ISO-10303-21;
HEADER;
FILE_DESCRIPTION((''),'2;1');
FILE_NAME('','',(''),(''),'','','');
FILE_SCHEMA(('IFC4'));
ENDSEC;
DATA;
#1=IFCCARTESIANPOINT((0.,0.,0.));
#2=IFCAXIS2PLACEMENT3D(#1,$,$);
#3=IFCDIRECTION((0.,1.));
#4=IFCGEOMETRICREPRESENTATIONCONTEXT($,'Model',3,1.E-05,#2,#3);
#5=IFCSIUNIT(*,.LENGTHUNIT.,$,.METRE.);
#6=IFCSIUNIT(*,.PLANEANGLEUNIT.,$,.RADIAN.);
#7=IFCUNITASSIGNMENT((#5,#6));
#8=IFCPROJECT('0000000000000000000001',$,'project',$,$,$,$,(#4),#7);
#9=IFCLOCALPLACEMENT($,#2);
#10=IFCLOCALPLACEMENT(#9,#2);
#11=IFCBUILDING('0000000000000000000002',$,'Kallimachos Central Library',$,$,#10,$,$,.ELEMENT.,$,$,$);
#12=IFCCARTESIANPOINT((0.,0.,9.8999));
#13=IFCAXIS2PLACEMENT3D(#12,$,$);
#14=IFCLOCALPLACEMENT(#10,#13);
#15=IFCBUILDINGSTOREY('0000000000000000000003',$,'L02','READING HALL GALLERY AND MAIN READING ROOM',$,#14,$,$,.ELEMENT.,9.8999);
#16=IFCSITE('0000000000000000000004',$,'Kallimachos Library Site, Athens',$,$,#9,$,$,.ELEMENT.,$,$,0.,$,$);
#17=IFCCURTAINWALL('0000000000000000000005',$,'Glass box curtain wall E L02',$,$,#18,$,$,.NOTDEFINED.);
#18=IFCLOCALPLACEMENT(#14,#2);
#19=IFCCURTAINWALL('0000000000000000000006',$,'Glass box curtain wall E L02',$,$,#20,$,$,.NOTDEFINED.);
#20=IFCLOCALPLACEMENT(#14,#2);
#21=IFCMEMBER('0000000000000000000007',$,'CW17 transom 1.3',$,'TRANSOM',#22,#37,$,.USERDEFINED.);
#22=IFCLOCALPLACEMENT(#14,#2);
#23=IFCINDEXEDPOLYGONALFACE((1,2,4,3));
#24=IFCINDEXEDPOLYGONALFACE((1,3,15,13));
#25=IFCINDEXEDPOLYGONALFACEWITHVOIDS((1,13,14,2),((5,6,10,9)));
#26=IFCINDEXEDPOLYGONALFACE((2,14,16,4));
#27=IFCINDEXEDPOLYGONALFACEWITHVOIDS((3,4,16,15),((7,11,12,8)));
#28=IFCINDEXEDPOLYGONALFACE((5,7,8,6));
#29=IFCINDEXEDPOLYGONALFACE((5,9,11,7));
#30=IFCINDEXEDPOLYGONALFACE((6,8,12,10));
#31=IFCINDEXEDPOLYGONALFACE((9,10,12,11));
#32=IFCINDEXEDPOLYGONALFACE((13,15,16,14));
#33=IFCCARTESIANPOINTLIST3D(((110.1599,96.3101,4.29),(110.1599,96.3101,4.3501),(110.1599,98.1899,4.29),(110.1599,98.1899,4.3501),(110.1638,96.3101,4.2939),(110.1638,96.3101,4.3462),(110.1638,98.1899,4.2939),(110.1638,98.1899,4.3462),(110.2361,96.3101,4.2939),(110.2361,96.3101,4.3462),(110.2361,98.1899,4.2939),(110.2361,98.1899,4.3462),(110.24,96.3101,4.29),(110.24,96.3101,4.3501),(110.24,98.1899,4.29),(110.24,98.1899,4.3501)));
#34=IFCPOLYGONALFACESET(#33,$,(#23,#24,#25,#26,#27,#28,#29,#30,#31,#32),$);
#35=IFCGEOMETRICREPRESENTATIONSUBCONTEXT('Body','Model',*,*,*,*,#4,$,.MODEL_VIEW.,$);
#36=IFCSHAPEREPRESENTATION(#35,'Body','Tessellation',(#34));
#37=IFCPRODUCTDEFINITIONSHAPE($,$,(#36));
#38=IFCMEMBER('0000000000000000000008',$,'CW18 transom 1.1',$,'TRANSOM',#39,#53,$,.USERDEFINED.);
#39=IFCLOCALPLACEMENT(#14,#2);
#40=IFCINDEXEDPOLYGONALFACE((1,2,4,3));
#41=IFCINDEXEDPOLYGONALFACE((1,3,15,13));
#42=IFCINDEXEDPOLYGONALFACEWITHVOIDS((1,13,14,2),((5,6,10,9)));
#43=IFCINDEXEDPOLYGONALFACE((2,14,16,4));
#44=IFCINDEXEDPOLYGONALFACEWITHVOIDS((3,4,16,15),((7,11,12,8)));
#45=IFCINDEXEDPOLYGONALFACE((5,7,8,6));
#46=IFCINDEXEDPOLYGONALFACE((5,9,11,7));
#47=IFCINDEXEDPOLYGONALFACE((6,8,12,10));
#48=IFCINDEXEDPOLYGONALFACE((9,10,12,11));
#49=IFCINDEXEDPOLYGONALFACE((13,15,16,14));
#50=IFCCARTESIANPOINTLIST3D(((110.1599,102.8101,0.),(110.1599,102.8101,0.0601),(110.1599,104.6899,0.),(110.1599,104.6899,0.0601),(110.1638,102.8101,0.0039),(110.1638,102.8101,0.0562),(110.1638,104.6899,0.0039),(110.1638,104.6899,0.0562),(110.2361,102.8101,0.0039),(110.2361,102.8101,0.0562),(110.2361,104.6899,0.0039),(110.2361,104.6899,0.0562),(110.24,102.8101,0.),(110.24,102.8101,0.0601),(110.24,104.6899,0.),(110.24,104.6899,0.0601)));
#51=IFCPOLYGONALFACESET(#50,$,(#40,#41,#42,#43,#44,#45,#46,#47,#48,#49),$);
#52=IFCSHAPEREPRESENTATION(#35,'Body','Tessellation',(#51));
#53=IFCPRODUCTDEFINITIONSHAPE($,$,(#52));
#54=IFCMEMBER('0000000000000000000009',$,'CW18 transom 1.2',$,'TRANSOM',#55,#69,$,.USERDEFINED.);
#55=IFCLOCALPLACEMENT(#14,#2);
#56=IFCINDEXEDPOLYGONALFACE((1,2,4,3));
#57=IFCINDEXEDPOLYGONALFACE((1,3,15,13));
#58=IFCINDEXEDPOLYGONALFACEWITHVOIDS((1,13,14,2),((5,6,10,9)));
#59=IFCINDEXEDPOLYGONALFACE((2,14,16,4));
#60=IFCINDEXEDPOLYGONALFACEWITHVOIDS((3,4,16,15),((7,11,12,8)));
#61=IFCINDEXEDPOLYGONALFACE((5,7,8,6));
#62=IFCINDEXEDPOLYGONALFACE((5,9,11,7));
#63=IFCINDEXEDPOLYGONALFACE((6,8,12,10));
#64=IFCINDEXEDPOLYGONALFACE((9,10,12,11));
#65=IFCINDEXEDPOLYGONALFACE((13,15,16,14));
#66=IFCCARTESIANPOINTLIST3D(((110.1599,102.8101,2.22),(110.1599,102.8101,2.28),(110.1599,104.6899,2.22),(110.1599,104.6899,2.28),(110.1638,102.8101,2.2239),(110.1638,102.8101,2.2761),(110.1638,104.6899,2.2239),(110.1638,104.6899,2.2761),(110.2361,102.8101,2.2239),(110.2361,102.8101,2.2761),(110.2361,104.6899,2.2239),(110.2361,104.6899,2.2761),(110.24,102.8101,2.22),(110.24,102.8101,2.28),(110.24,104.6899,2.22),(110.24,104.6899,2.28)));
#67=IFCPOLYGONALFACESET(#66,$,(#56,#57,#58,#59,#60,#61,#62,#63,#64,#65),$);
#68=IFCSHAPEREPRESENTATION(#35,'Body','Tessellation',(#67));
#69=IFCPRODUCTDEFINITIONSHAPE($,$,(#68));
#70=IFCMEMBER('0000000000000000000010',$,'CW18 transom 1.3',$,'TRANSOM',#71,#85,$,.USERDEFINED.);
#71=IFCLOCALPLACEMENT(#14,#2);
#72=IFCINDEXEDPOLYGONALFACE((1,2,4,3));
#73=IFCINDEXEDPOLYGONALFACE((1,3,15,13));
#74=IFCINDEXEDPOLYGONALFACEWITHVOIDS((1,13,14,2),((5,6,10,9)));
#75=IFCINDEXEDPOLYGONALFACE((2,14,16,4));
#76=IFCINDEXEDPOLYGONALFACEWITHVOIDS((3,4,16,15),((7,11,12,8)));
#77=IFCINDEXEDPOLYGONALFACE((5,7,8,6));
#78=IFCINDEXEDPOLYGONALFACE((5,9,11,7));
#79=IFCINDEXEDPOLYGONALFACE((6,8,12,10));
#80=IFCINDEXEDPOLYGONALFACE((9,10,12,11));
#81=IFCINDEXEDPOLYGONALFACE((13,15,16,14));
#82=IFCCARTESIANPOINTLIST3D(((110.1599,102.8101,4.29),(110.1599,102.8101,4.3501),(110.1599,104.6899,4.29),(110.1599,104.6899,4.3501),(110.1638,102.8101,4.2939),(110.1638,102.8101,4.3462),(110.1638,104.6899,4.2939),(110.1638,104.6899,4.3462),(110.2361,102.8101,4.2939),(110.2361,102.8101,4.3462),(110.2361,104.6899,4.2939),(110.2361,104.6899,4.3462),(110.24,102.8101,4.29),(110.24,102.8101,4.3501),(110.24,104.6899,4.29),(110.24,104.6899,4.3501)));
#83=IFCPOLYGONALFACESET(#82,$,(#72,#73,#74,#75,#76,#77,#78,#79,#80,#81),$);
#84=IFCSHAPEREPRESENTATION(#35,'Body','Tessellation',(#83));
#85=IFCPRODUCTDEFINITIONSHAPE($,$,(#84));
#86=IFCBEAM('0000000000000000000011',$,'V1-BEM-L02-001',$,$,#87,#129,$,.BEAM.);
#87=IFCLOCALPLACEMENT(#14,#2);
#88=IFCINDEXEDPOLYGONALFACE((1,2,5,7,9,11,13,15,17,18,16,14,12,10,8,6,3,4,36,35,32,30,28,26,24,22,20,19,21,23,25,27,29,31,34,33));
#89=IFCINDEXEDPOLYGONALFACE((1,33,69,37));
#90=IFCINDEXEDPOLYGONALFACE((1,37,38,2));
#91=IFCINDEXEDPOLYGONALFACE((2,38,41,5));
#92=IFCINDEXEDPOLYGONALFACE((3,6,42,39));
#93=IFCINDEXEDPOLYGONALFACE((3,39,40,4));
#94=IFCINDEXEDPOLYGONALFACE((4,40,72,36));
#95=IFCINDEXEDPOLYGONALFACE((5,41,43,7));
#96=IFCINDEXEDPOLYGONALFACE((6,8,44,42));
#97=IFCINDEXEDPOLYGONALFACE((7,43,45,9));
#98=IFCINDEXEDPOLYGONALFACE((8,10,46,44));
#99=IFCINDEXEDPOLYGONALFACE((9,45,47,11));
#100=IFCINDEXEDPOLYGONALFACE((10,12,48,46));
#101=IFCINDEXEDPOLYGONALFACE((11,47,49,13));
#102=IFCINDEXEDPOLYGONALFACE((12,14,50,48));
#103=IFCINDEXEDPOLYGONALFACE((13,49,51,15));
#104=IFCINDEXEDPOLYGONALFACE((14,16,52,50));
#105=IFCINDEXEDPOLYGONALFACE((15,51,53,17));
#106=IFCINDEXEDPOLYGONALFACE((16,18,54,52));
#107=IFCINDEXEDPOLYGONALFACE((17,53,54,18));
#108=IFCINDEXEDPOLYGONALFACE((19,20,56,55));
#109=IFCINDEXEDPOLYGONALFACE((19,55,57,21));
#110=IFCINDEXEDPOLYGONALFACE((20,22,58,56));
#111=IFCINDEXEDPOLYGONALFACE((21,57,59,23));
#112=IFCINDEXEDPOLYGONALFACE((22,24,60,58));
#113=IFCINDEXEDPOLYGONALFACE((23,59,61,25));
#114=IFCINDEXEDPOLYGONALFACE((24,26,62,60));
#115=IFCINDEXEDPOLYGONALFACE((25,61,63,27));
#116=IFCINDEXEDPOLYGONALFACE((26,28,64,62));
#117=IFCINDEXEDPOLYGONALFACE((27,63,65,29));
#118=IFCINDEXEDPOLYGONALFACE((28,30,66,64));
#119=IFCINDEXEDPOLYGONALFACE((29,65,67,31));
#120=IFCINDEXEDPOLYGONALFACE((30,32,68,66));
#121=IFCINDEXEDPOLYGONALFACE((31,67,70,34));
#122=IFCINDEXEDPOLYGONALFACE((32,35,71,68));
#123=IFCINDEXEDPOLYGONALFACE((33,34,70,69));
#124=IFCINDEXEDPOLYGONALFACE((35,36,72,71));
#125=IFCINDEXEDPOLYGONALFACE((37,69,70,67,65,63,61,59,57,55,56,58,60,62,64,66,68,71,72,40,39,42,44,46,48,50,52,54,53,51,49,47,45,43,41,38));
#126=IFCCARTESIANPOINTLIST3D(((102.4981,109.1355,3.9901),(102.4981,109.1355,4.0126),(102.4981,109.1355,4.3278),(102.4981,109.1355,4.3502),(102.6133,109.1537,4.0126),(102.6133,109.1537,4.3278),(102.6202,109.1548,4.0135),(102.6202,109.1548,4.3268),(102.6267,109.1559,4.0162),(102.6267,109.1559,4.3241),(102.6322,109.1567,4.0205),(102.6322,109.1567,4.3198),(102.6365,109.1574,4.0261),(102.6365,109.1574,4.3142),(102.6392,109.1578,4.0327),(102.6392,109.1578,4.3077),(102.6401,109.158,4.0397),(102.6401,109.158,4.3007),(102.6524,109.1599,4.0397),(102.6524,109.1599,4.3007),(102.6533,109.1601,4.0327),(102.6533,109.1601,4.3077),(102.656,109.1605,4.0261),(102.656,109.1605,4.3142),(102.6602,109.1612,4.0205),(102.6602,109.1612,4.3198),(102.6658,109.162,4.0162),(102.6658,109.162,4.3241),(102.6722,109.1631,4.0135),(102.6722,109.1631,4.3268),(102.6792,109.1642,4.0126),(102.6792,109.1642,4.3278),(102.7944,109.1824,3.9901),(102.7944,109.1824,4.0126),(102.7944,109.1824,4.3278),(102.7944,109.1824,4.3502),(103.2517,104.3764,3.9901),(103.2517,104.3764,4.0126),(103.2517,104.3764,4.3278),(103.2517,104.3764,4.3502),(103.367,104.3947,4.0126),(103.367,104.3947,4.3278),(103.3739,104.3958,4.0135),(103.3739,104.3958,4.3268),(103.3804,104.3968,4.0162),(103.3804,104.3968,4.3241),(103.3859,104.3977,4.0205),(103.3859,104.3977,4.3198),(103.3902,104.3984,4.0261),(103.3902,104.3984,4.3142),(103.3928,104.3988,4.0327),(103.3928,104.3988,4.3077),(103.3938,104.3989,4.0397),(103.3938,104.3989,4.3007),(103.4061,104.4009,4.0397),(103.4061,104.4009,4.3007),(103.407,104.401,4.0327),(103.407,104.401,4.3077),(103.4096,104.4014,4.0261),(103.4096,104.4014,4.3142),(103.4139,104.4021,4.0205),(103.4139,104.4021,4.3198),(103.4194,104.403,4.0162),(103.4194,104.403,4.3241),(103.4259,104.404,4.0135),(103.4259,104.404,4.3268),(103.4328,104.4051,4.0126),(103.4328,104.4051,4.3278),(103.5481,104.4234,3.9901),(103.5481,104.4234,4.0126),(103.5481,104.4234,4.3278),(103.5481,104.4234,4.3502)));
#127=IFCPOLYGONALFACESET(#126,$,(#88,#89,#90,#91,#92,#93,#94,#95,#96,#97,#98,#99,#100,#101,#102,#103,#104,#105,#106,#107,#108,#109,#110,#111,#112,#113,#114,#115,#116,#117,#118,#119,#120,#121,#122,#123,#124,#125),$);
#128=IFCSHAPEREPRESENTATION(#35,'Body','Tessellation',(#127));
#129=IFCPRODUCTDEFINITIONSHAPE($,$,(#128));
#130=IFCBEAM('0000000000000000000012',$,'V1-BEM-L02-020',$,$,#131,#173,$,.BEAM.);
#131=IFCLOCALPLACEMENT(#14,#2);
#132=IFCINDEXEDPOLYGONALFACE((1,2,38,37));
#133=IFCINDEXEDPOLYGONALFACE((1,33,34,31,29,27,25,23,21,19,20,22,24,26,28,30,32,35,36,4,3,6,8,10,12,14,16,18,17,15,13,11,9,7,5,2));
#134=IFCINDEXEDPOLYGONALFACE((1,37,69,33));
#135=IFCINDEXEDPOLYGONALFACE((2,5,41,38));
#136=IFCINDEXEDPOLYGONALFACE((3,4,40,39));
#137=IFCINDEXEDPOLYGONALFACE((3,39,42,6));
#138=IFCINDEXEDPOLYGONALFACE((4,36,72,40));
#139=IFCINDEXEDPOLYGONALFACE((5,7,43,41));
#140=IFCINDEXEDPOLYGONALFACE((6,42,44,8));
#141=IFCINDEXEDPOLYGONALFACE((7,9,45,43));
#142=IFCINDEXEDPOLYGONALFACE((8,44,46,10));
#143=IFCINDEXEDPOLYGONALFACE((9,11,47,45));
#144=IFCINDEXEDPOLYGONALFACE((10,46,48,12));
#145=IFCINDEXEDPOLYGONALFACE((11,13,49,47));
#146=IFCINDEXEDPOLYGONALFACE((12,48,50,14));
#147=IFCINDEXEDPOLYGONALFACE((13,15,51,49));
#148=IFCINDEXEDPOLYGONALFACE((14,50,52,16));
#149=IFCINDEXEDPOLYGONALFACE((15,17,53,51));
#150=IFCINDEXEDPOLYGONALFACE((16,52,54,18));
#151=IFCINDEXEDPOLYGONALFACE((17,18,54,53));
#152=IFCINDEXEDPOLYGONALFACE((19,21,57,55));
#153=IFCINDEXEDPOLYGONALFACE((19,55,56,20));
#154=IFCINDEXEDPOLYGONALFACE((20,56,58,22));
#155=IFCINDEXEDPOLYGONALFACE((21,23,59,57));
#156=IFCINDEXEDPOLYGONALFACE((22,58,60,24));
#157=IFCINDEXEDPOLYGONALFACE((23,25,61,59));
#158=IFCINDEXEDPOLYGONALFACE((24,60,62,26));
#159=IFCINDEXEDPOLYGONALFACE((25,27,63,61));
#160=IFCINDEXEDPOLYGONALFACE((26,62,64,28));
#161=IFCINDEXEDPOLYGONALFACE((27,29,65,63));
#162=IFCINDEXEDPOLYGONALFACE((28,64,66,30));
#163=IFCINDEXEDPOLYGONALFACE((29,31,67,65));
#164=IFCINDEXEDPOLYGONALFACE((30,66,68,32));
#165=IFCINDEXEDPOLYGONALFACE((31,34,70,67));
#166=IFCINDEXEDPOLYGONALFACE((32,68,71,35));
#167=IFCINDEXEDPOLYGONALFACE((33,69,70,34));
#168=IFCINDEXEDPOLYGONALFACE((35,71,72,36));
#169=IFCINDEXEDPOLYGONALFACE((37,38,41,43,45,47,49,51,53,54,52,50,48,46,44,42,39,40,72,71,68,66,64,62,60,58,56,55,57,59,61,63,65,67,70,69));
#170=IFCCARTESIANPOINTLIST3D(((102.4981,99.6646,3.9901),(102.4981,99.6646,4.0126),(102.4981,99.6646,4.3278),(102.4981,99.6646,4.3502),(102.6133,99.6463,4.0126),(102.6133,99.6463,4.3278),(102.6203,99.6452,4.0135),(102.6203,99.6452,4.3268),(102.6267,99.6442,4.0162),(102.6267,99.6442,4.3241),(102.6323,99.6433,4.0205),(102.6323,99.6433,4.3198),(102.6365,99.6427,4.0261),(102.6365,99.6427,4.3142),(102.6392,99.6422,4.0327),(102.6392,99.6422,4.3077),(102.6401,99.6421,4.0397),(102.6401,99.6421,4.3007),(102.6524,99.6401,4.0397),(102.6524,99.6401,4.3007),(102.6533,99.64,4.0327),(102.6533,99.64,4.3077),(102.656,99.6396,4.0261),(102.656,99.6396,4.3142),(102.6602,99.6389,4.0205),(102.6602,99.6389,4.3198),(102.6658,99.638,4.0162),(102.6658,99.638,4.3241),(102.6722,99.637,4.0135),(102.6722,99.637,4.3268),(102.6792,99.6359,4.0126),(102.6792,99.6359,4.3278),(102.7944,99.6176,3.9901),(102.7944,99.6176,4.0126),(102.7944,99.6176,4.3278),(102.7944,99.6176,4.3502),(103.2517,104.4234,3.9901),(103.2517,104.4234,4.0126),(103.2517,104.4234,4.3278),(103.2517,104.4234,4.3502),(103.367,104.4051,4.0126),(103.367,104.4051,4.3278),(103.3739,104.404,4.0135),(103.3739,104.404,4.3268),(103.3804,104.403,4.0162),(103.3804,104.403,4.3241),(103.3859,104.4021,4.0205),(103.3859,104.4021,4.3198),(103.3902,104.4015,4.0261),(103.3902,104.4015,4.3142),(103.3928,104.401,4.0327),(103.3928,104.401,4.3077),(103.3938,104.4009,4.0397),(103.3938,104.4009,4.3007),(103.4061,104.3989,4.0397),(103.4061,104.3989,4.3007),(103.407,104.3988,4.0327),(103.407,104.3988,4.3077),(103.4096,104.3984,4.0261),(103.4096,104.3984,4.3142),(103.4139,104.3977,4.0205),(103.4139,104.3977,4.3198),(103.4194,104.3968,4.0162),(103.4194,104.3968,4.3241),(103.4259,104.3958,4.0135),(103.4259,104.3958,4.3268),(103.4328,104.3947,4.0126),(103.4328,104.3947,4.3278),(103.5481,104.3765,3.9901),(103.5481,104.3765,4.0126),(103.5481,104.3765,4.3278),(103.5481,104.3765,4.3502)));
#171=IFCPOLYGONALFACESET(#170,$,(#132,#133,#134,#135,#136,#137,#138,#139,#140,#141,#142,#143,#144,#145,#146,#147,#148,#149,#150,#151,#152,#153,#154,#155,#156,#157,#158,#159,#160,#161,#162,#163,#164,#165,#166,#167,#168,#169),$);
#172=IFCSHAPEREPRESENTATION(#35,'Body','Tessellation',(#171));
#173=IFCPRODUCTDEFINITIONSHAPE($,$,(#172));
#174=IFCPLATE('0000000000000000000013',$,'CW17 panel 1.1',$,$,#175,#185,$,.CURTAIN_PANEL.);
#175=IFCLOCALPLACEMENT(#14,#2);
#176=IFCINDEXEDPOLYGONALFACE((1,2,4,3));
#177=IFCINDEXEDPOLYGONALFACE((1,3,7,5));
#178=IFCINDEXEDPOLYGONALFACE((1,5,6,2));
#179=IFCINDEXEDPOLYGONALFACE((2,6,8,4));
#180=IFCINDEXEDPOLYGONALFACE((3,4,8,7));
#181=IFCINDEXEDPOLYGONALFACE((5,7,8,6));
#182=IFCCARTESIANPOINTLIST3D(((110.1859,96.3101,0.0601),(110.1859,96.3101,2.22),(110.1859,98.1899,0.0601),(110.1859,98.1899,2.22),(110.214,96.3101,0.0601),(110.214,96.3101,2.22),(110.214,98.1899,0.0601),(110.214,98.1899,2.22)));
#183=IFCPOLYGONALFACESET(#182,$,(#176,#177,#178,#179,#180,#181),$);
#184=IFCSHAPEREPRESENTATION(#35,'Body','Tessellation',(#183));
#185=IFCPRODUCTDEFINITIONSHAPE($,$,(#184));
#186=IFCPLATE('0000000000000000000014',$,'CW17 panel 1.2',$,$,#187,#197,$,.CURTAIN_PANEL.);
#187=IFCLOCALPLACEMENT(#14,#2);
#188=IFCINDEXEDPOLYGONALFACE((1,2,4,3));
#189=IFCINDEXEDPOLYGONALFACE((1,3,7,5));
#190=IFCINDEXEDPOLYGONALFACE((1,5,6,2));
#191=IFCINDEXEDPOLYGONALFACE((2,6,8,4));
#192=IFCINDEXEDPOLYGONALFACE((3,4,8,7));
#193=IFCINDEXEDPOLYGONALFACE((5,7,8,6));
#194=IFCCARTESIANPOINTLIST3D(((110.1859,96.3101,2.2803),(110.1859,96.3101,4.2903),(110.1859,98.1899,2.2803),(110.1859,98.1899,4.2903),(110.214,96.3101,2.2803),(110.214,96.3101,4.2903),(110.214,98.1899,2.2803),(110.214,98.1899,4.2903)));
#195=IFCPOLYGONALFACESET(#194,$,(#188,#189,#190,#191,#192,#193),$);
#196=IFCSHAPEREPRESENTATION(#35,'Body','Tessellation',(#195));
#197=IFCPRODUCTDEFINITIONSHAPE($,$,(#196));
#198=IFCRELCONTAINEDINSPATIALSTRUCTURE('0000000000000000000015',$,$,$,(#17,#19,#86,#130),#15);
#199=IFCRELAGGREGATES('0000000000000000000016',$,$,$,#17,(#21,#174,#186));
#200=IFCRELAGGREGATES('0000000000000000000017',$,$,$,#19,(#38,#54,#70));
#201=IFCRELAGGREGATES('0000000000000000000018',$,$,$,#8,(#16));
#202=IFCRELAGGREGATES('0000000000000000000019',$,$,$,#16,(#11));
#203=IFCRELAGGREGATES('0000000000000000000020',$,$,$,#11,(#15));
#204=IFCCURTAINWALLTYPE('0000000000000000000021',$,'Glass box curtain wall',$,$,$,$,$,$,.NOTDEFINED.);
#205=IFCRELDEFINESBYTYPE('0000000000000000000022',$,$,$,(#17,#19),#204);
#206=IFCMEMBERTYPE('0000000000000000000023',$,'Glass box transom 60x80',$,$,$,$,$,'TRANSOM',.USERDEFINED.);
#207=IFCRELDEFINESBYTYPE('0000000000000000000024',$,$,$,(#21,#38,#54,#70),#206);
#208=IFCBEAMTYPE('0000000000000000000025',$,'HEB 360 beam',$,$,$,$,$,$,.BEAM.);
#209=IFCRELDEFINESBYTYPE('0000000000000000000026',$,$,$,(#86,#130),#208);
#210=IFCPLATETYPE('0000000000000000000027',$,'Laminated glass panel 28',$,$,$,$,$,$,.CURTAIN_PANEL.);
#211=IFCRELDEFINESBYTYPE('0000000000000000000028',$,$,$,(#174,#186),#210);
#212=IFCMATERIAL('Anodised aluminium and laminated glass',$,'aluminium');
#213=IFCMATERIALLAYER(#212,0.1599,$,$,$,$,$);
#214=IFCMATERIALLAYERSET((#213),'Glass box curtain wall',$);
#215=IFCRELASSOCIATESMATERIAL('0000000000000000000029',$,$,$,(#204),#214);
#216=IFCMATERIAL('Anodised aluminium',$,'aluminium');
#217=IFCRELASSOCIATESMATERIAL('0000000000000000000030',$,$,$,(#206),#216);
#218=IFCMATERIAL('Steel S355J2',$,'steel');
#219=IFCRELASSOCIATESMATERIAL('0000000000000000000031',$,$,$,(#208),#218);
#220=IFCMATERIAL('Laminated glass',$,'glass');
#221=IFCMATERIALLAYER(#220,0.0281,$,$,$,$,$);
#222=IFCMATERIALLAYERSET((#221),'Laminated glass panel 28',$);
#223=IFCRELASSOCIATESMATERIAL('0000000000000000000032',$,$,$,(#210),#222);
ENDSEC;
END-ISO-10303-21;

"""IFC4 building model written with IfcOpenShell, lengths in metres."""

from ifc_helpers import new_model, si_unit, direction, frame, origin, origin_2d, place, context, subcontext, project, spatial, rectangle, hollow_rectangle, i_section, extrude, material, layer, layer_set, material_profile, profile_set, type_object, element, aggregate, save


model = new_model("IFC4")

# Units and contexts
model_context = context("Model", 3, precision=1e-05, world=origin(), true_north=direction((0.0, 1.0)))
body_context = subcontext(model_context, "Body", "Model", "MODEL_VIEW")
ifc_project = project(units=[si_unit("LENGTHUNIT", "METRE"), si_unit("PLANEANGLEUNIT", "RADIAN")], contexts=[model_context])

# Site, building, storey
site_placement = place(None, origin())
site = spatial("IfcSite", under=ifc_project, at=site_placement, Name="Kallimachos Library Site, Athens", CompositionType="ELEMENT", RefElevation=0.0)
building_placement = place(site_placement, origin())
building = spatial("IfcBuilding", under=site, at=building_placement, Name="Kallimachos Central Library", CompositionType="ELEMENT")
storey_placement = place(building_placement, frame((0.0, 0.0, 9.8999)))
storey = spatial("IfcBuildingStorey", under=building, at=storey_placement, Name="L02", Description="READING HALL GALLERY AND MAIN READING ROOM", CompositionType="ELEMENT", Elevation=9.8999)

# Curtain wall
ifc_material_1 = material(Name="Anodised aluminium and laminated glass", Category="aluminium")
ifc_layer_1 = layer(ifc_material_1, 0.1599)
ifc_layer_set_1 = layer_set([ifc_layer_1], Name="Glass box curtain wall")
curtain_wall_type = type_object("IfcCurtainWallType", Name="Glass box curtain wall", PredefinedType="NOTDEFINED", material=ifc_layer_set_1)
curtain_wall_1_placement = place(storey_placement, origin())
curtain_wall_1 = element("IfcCurtainWall", 1, at=curtain_wall_1_placement, inside=storey, type_object=curtain_wall_type, Name="Glass box curtain wall E L02", PredefinedType="NOTDEFINED")

# Curtain wall
curtain_wall_2_placement = place(storey_placement, origin())
curtain_wall_2 = element("IfcCurtainWall", 2, at=curtain_wall_2_placement, inside=storey, type_object=curtain_wall_type, Name="Glass box curtain wall E L02", PredefinedType="NOTDEFINED")

# Members
ifc_material_2 = material(Name="Anodised aluminium", Category="aluminium")
ifc_material_profile_1 = material_profile(ifc_material_2, hollow_rectangle(XDim=0.0601, YDim=0.0801, WallThickness=0.0039, at=origin_2d()), Name="ALU TRANSOM 60x80")
ifc_profile_set_1 = profile_set([ifc_material_profile_1], Name="Anodised aluminium")
member_type_1 = type_object("IfcMemberType", Name="Glass box transom 60x80", ElementType="TRANSOM", PredefinedType="USERDEFINED", material=ifc_profile_set_1)
member_1_placement = place(storey_placement, frame((110.2, 96.3101, 4.3201), z_axis=(0.0, 1.0, 0.0), x_axis=(0.0, 0.0, 1.0)))
member_1 = element("IfcMember", 3, at=member_1_placement, type_object=member_type_1, Name="CW17 transom 1.3", ObjectType="TRANSOM", PredefinedType="USERDEFINED", context=body_context, shape_type="SweptSolid", body=[
    extrude(hollow_rectangle(XDim=0.0601, YDim=0.0801, WallThickness=0.0039, at=origin_2d()), origin(), (0.0, 0.0, 1.0), 1.8799),
])
member_2_placement = place(storey_placement, frame((110.2, 102.8101, 0.03), z_axis=(0.0, 1.0, 0.0), x_axis=(0.0, 0.0, 1.0)))
member_2 = element("IfcMember", 4, at=member_2_placement, type_object=member_type_1, Name="CW18 transom 1.1", ObjectType="TRANSOM", PredefinedType="USERDEFINED", context=body_context, shape_type="SweptSolid", body=[
    extrude(hollow_rectangle(XDim=0.0601, YDim=0.0801, WallThickness=0.0039, at=origin_2d()), origin(), (0.0, 0.0, 1.0), 1.8799),
])
member_3_placement = place(storey_placement, frame((110.2, 102.8101, 2.25), z_axis=(0.0, 1.0, 0.0), x_axis=(0.0, 0.0, 1.0)))
member_3 = element("IfcMember", 5, at=member_3_placement, type_object=member_type_1, Name="CW18 transom 1.2", ObjectType="TRANSOM", PredefinedType="USERDEFINED", context=body_context, shape_type="SweptSolid", body=[
    extrude(hollow_rectangle(XDim=0.0601, YDim=0.0801, WallThickness=0.0039, at=origin_2d()), origin(), (0.0, 0.0, 1.0), 1.8799),
])
member_4_placement = place(storey_placement, frame((110.2, 102.8101, 4.3201), z_axis=(0.0, 1.0, 0.0), x_axis=(0.0, 0.0, 1.0)))
member_4 = element("IfcMember", 6, at=member_4_placement, type_object=member_type_1, Name="CW18 transom 1.3", ObjectType="TRANSOM", PredefinedType="USERDEFINED", context=body_context, shape_type="SweptSolid", body=[
    extrude(hollow_rectangle(XDim=0.0601, YDim=0.0801, WallThickness=0.0039, at=origin_2d()), origin(), (0.0, 0.0, 1.0), 1.8799),
])

# Beams
ifc_material_3 = material(Name="Steel S355J2", Category="steel")
ifc_material_profile_2 = material_profile(ifc_material_3, i_section(OverallWidth=0.3, OverallDepth=0.3601, WebThickness=0.0125, FlangeThickness=0.0225, FilletRadius=0.0271, at=origin_2d()), Name="HEB 360")
ifc_profile_set_2 = profile_set([ifc_material_profile_2], Name="Steel S355J2")
beam_type = type_object("IfcBeamType", Name="HEB 360 beam", PredefinedType="BEAM", material=ifc_profile_set_2)
beam_1_placement = place(storey_placement, frame((103.3999, 104.3999, 4.1702), z_axis=(-0.156415, 0.987691, 0.0), x_axis=(-0.987691, -0.156415, 0.0)))
element("IfcBeam", 7, at=beam_1_placement, inside=storey, type_object=beam_type, Name="V1-BEM-L02-001", PredefinedType="BEAM", context=body_context, shape_type="SweptSolid", body=[
    extrude(i_section(OverallWidth=0.3, OverallDepth=0.3601, WebThickness=0.0125, FlangeThickness=0.0225, FilletRadius=0.0271, at=origin_2d()), origin(), (0.0, 0.0, 1.0), 4.8184),
])
beam_2_placement = place(storey_placement, frame((102.6462, 99.6411, 4.1702), z_axis=(0.156423, 0.98769, 0.0), x_axis=(-0.98769, 0.156423, 0.0)))
element("IfcBeam", 8, at=beam_2_placement, inside=storey, type_object=beam_type, Name="V1-BEM-L02-020", PredefinedType="BEAM", context=body_context, shape_type="SweptSolid", body=[
    extrude(i_section(OverallWidth=0.3, OverallDepth=0.3601, WebThickness=0.0125, FlangeThickness=0.0225, FilletRadius=0.0271, at=origin_2d()), origin(), (0.0, 0.0, 1.0), 4.8181),
])

# Plates
ifc_material_4 = material(Name="Laminated glass", Category="glass")
ifc_layer_2 = layer(ifc_material_4, 0.0281)
ifc_layer_set_2 = layer_set([ifc_layer_2], Name="Laminated glass panel 28")
plate_type = type_object("IfcPlateType", Name="Laminated glass panel 28", PredefinedType="CURTAIN_PANEL", material=ifc_layer_set_2)
plate_1_placement = place(storey_placement, frame((110.2, 97.25, 0.0601), z_axis=(0.0, 0.0, 1.0), x_axis=(0.0, 1.0, 0.0)))
plate_1 = element("IfcPlate", 9, at=plate_1_placement, type_object=plate_type, Name="CW17 panel 1.1", PredefinedType="CURTAIN_PANEL", context=body_context, shape_type="SweptSolid", body=[
    extrude(rectangle(XDim=1.8799, YDim=0.0281, at=origin_2d()), origin(), (0.0, 0.0, 1.0), 2.1599),
])
plate_2_placement = place(storey_placement, frame((110.2, 97.25, 2.2803), z_axis=(0.0, 0.0, 1.0), x_axis=(0.0, 1.0, 0.0)))
plate_2 = element("IfcPlate", 10, at=plate_2_placement, type_object=plate_type, Name="CW17 panel 1.2", PredefinedType="CURTAIN_PANEL", context=body_context, shape_type="SweptSolid", body=[
    extrude(rectangle(XDim=1.8799, YDim=0.0281, at=origin_2d()), origin(), (0.0, 0.0, 1.0), 2.01),
])
aggregate(curtain_wall_1, [member_1, plate_1, plate_2])
aggregate(curtain_wall_2, [member_2, member_3, member_4])

save(model, "model.ifc")
